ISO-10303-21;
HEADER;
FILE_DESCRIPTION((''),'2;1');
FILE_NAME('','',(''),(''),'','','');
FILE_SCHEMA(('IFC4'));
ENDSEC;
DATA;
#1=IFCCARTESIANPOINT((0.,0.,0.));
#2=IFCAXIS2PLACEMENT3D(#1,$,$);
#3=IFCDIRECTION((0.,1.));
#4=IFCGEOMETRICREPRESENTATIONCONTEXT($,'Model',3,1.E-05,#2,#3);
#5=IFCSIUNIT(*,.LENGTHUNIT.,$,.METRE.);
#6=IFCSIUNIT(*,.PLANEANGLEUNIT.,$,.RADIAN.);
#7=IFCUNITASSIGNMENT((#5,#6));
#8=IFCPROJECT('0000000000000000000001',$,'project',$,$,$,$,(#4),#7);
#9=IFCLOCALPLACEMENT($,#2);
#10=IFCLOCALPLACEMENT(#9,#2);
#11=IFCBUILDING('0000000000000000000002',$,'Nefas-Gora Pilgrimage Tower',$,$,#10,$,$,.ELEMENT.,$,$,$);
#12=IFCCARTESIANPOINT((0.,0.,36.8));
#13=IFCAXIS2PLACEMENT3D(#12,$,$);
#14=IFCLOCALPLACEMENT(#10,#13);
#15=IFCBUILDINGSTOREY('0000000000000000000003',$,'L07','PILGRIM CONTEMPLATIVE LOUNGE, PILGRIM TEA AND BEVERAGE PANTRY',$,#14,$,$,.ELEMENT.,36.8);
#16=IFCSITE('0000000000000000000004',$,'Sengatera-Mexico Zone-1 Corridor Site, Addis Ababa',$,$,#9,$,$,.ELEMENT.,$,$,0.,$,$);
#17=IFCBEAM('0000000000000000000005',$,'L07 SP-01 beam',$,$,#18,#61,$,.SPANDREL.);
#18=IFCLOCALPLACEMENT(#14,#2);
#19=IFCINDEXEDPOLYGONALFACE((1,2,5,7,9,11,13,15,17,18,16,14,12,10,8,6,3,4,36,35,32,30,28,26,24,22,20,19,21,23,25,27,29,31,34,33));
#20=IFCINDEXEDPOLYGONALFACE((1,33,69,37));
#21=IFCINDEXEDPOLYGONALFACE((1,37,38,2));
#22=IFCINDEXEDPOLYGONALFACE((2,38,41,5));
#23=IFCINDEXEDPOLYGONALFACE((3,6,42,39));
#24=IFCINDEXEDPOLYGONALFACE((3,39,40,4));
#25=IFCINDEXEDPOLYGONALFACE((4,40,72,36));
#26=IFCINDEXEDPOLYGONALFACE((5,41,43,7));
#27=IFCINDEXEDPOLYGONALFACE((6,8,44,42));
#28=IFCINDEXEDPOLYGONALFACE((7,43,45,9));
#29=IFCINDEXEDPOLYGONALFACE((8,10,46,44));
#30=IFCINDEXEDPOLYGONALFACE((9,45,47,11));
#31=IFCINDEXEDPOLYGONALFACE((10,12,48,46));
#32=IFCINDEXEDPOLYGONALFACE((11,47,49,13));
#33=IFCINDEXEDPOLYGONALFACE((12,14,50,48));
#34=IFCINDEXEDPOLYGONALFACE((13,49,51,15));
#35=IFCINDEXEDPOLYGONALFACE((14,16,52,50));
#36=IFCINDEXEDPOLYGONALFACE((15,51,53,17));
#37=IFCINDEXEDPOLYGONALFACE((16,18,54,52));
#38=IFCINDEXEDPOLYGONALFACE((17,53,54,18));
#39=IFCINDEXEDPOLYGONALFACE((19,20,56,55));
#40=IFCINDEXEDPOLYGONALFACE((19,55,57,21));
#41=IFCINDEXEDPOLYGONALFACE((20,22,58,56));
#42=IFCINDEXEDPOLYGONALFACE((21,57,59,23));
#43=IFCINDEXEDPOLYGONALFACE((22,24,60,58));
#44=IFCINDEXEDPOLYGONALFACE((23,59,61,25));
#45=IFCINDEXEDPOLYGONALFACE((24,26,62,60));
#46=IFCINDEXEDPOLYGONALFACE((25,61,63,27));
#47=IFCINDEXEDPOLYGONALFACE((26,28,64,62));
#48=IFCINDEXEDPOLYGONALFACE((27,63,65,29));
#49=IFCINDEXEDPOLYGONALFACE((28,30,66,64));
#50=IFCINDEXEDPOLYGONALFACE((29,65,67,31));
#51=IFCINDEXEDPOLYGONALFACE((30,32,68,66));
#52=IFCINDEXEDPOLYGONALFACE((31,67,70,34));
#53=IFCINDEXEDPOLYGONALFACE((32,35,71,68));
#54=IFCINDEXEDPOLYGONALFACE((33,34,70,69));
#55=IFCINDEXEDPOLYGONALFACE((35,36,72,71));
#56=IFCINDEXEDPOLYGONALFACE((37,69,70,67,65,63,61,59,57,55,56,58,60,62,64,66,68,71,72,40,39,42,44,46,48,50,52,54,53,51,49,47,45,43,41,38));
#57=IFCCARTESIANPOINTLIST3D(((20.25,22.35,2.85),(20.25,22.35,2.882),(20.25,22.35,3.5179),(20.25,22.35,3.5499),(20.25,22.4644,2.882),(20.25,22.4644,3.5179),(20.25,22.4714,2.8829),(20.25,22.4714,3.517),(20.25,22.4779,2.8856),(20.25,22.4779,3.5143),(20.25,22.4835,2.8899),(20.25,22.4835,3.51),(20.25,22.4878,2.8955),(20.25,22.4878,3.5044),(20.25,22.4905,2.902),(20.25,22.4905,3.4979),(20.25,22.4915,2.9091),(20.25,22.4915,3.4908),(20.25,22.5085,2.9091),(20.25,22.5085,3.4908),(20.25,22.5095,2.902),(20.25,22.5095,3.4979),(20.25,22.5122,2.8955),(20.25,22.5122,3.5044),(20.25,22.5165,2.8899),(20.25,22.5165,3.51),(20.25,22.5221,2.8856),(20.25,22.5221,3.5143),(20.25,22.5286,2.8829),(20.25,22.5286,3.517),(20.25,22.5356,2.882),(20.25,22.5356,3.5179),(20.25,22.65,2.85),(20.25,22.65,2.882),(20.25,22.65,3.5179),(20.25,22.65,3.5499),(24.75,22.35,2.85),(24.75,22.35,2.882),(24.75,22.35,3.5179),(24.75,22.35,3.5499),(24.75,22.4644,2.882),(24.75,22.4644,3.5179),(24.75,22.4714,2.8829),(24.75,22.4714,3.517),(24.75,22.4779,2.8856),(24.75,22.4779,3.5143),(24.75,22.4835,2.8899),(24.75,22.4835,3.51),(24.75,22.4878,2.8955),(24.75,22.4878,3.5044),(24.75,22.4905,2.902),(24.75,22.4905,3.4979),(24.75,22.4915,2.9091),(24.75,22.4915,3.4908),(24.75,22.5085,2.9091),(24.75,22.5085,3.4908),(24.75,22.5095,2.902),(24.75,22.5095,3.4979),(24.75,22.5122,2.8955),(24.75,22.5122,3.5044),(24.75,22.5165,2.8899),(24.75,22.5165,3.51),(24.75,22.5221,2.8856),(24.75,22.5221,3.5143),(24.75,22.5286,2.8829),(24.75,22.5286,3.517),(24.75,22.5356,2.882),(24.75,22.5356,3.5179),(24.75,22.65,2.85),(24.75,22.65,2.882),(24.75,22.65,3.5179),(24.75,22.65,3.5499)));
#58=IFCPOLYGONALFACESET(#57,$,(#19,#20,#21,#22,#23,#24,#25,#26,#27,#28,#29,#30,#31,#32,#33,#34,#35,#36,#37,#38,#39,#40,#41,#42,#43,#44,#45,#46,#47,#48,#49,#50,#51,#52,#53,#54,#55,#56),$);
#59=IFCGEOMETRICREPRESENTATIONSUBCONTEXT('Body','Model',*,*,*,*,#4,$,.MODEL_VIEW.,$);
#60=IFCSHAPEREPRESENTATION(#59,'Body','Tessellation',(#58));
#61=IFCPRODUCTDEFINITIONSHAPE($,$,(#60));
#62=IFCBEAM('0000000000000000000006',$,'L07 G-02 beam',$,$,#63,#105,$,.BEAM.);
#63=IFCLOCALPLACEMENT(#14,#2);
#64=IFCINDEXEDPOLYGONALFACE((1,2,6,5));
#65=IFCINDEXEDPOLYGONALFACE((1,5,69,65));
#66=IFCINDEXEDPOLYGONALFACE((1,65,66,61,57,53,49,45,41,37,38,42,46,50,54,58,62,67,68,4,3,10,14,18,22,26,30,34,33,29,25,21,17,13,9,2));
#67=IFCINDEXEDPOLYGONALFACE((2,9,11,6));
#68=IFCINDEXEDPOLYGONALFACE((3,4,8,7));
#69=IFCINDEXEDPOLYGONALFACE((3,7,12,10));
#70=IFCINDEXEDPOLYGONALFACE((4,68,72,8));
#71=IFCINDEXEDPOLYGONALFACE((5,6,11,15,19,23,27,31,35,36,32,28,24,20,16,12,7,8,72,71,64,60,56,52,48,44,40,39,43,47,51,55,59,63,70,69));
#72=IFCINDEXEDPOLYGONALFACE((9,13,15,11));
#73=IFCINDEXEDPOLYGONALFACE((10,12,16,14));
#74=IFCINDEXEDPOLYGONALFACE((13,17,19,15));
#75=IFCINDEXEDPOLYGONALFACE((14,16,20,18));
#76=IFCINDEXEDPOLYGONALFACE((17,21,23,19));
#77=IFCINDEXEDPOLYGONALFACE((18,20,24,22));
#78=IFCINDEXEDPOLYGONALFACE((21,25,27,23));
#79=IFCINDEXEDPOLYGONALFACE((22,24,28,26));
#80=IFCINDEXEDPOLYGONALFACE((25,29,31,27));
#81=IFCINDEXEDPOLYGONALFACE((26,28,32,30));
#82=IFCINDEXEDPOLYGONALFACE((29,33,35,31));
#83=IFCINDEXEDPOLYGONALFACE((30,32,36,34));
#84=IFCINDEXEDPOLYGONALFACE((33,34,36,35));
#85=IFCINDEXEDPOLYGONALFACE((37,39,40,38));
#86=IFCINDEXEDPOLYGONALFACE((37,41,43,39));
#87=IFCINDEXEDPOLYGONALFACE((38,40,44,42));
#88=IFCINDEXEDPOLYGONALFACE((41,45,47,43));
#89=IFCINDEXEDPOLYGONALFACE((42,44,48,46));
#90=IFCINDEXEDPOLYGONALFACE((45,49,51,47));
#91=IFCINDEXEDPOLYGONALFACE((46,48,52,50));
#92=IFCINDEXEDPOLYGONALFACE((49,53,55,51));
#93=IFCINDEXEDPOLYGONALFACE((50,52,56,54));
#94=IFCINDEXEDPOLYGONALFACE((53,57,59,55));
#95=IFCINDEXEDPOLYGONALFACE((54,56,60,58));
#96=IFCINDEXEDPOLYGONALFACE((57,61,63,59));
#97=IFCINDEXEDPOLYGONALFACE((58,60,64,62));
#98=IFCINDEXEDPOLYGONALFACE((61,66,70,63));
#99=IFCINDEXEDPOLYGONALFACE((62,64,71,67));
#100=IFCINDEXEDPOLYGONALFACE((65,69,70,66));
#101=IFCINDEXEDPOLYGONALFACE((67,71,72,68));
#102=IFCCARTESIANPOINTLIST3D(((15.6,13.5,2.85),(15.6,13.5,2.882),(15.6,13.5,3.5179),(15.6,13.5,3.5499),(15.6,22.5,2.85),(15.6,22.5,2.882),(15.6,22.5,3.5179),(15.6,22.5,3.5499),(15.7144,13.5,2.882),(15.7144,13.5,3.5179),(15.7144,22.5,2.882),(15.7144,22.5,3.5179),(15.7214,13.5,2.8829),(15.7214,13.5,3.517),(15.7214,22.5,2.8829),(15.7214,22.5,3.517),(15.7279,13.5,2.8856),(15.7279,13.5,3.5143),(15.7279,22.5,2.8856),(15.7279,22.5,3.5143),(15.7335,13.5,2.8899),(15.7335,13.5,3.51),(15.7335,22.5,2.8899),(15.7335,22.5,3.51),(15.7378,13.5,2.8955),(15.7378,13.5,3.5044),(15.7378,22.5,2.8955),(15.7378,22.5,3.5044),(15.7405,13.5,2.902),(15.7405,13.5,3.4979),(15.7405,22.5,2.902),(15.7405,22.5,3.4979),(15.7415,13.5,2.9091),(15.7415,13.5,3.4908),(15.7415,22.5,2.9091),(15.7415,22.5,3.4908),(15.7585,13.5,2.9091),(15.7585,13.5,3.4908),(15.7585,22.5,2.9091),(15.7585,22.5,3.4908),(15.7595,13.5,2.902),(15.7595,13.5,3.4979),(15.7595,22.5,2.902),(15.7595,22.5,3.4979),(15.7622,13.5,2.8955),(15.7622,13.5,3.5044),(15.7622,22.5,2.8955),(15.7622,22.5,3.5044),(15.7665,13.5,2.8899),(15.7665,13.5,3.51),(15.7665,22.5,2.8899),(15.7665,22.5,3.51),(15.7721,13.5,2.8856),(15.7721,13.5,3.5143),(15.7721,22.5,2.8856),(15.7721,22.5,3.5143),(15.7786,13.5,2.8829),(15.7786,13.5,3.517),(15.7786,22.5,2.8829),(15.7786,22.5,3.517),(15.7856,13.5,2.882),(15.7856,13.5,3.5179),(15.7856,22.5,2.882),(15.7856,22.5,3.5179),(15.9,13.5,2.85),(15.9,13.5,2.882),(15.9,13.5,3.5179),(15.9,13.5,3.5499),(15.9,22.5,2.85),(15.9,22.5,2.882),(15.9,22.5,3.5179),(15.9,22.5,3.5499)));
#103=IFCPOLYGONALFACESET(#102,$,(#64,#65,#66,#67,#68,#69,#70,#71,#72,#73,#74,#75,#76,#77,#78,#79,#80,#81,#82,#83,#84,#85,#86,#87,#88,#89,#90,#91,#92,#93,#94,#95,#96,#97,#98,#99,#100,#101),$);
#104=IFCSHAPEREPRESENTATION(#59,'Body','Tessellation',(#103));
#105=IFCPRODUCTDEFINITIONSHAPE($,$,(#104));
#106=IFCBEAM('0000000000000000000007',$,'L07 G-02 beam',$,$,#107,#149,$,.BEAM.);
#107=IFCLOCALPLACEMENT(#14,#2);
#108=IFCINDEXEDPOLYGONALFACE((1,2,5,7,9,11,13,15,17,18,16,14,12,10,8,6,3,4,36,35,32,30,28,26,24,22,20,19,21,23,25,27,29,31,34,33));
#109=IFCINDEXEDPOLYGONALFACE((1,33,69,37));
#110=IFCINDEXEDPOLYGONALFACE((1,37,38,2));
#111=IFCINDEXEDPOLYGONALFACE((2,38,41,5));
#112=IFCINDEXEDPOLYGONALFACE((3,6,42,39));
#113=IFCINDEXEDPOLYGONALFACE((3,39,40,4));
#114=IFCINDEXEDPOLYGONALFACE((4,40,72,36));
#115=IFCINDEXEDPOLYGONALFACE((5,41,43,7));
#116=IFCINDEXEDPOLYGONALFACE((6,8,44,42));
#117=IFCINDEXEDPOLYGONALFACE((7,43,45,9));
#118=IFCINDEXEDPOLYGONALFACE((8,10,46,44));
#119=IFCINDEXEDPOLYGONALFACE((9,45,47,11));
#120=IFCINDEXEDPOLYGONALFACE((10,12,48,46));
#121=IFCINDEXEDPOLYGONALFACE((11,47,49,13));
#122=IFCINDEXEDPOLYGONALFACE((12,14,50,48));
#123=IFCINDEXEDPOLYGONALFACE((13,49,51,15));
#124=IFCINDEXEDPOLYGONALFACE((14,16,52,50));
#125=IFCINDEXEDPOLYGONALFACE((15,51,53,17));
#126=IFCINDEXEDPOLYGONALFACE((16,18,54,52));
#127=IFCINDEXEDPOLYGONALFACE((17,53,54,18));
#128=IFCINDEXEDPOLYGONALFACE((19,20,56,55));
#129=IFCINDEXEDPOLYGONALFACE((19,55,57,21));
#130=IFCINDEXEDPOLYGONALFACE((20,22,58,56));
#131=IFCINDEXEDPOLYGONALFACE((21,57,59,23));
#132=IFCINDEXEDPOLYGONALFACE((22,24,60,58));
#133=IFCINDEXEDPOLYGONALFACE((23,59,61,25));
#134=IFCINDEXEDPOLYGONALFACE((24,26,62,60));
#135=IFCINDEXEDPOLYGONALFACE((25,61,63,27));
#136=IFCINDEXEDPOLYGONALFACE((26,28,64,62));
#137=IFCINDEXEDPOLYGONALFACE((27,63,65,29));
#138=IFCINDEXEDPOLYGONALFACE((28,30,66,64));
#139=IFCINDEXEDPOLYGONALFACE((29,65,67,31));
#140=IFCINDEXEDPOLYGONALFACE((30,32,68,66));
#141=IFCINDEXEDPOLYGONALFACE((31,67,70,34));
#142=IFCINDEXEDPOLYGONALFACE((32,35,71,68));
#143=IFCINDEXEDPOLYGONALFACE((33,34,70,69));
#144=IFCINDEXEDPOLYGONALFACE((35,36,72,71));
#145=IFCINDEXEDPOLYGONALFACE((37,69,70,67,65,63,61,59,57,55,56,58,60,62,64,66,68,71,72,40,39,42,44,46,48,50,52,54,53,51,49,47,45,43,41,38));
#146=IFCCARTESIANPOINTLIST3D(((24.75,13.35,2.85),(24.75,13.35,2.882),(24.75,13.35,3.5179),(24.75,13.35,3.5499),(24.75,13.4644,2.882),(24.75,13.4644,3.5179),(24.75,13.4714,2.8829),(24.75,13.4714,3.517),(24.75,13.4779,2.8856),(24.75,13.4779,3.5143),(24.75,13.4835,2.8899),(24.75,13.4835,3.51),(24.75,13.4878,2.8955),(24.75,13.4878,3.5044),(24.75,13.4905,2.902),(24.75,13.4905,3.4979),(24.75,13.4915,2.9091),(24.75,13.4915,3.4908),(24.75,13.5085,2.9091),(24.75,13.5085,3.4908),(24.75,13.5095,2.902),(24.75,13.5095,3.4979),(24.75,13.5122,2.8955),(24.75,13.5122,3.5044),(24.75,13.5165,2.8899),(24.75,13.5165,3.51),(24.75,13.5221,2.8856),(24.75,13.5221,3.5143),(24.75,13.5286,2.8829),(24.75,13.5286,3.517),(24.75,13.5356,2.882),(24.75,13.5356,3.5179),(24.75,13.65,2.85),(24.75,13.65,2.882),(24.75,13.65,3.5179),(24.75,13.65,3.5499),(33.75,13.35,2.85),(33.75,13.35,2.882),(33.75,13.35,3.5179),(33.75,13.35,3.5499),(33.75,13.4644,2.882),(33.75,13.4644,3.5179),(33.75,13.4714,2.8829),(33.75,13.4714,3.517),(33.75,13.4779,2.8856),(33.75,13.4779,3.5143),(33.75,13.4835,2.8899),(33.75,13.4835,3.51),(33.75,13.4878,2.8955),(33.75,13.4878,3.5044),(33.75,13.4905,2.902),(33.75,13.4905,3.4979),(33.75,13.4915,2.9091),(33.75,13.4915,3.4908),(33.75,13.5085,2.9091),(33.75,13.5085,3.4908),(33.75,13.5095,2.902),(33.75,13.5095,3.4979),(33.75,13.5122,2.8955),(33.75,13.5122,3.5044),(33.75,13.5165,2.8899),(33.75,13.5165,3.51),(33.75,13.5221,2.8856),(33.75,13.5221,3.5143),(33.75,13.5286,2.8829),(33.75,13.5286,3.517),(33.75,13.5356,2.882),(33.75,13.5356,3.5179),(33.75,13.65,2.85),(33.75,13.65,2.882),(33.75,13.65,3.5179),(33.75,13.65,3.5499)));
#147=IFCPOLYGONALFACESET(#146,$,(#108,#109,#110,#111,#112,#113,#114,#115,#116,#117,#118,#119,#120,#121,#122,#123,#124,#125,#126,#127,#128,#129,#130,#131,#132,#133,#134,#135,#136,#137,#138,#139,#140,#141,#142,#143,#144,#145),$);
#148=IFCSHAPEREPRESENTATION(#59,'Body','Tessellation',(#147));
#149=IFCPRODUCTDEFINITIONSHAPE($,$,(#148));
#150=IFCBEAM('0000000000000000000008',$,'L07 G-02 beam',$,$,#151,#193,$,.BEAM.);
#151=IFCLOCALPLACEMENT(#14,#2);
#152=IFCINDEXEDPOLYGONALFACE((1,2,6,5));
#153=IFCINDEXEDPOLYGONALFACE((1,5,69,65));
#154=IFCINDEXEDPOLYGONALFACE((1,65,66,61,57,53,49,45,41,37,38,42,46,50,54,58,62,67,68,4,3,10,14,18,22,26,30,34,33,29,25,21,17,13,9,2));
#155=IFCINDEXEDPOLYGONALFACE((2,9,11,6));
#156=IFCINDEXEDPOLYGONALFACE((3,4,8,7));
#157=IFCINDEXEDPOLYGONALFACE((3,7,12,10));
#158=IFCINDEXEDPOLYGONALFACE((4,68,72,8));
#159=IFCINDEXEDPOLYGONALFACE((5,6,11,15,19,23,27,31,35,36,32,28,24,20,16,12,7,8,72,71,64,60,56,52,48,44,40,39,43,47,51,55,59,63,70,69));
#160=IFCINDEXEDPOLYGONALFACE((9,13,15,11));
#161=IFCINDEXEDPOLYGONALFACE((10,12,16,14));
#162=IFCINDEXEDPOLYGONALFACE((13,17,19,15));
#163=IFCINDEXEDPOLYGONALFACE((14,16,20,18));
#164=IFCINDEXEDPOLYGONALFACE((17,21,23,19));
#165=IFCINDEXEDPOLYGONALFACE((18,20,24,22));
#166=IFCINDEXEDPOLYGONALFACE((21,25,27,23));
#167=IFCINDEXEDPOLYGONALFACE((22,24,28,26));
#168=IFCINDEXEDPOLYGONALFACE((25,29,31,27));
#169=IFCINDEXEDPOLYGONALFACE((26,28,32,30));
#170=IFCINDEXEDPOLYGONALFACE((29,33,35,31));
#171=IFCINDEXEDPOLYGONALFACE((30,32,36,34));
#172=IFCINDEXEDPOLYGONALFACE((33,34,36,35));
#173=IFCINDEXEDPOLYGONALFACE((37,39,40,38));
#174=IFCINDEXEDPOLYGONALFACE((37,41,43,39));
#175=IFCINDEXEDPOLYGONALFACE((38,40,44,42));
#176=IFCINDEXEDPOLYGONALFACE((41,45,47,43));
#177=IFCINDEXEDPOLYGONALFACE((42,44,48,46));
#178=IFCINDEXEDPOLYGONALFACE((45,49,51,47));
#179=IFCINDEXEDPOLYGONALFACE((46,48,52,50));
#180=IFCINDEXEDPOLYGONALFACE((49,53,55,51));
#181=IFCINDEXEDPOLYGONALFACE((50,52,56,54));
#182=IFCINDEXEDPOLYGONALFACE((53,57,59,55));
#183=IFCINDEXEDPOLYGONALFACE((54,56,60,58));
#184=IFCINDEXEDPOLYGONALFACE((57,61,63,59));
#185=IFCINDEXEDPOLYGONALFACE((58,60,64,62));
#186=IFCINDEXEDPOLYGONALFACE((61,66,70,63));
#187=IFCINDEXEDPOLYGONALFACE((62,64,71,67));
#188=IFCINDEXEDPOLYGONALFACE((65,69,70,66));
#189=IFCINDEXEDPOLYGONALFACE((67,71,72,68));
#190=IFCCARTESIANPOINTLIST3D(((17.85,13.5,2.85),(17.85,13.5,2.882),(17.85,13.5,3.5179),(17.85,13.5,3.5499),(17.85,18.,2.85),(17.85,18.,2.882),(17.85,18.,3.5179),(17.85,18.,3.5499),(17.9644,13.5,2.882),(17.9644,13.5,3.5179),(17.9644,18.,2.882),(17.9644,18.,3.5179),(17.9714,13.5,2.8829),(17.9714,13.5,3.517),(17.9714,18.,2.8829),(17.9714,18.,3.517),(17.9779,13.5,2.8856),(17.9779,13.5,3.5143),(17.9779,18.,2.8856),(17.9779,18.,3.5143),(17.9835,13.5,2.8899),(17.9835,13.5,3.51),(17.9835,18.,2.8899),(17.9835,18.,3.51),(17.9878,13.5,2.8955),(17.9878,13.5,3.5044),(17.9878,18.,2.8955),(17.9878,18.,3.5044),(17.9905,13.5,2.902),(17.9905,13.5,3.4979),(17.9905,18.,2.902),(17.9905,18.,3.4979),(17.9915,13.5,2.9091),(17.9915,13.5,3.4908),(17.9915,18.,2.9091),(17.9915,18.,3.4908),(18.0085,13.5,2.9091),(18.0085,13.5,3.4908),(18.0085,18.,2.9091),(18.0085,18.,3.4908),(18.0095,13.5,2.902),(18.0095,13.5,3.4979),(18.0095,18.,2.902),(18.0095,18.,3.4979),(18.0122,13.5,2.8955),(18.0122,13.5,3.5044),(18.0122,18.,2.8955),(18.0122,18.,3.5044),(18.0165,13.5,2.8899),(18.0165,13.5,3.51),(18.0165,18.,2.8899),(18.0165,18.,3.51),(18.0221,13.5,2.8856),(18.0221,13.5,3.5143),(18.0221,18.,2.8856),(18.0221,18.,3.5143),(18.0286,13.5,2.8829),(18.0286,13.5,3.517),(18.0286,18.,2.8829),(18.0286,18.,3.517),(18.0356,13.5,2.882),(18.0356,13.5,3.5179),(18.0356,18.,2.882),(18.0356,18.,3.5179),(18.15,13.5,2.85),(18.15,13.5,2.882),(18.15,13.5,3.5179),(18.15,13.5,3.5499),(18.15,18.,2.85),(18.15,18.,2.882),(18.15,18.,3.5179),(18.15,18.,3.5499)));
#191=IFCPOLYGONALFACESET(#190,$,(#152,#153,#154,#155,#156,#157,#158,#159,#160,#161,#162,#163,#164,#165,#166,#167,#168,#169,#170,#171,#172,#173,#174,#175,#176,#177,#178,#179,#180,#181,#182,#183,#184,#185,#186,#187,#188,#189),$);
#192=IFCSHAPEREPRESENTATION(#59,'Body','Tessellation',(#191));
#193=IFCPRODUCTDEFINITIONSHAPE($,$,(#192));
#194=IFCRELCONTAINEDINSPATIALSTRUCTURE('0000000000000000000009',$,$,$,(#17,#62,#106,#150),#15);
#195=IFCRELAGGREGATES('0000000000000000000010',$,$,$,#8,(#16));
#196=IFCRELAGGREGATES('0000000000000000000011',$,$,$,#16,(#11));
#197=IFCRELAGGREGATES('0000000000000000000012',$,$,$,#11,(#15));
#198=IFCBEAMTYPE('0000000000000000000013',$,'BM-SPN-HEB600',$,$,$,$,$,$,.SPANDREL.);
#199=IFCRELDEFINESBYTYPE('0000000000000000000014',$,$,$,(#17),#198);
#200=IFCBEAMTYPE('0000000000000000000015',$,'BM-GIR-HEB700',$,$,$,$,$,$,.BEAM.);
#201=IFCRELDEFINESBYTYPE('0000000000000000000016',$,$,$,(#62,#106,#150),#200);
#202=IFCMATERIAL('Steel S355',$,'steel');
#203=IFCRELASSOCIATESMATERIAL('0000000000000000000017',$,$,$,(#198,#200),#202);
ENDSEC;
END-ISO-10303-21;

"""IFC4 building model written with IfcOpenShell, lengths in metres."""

from ifc_helpers import new_model, si_unit, direction, frame, origin, origin_2d, place, context, subcontext, project, spatial, i_section, extrude, source, transform, mapped, material, material_profile, profile_set, type_object, element, save


model = new_model("IFC4")

# Units and contexts
model_context = context("Model", 3, precision=1e-05, world=origin(), true_north=direction((0.0, 1.0)))
body_context = subcontext(model_context, "Body", "Model", "MODEL_VIEW")
ifc_project = project(units=[si_unit("LENGTHUNIT", "METRE"), si_unit("PLANEANGLEUNIT", "RADIAN")], contexts=[model_context])

# Site, building, storey
site_placement = place(None, origin())
site = spatial("IfcSite", under=ifc_project, at=site_placement, Name="Sengatera-Mexico Zone-1 Corridor Site, Addis Ababa", CompositionType="ELEMENT", RefElevation=0.0)
building_placement = place(site_placement, origin())
building = spatial("IfcBuilding", under=site, at=building_placement, Name="Nefas-Gora Pilgrimage Tower", CompositionType="ELEMENT")
storey_placement = place(building_placement, frame((0.0, 0.0, 36.8)))
storey = spatial("IfcBuildingStorey", under=building, at=storey_placement, Name="L07", Description="PILGRIM CONTEMPLATIVE LOUNGE, PILGRIM TEA AND BEVERAGE PANTRY", CompositionType="ELEMENT", Elevation=36.8)

# Beams
ifc_material_1 = material(Name="Steel S355", Category="steel")
ifc_material_profile_1 = material_profile(ifc_material_1, i_section(OverallWidth=0.3, OverallDepth=0.7, WebThickness=0.0171, FlangeThickness=0.032, FilletRadius=0.0271, at=origin_2d()), Name="HEB 700")
ifc_profile_set_1 = profile_set([ifc_material_profile_1], Name="Steel S355")
beam_type_1 = type_object("IfcBeamType", Name="BM-SPN-HEB600", PredefinedType="SPANDREL", material=ifc_profile_set_1)
shared_shape_1 = source(origin(), body_context, "Body", "SweptSolid", [
    extrude(i_section(OverallWidth=0.3, OverallDepth=0.7, WebThickness=0.0171, FlangeThickness=0.032, FilletRadius=0.0271, at=origin_2d()), origin(), (0.0, 0.0, 1.0), 4.5),
])
beam_1_placement = place(storey_placement, frame((20.25, 22.5, 3.2), z_axis=(1.0, 0.0, 0.0), x_axis=(0.0, 1.0, 0.0)))
element("IfcBeam", 1, at=beam_1_placement, inside=storey, type_object=beam_type_1, Name="L07 SP-01 beam", PredefinedType="SPANDREL", context=body_context, shape_type="MappedRepresentation", body=[
    mapped(shared_shape_1, transform((0.0, 0.0, 0.0), x_axis=(1.0, 0.0, 0.0), y_axis=(0.0, 1.0, 0.0), z_axis=(0.0, 0.0, 1.0), scale=1.0)),
])
ifc_material_profile_2 = material_profile(ifc_material_1, i_section(OverallWidth=0.3, OverallDepth=0.7, WebThickness=0.0171, FlangeThickness=0.032, FilletRadius=0.0271, at=origin_2d()), Name="HEB 700")
ifc_profile_set_2 = profile_set([ifc_material_profile_2], Name="Steel S355")
beam_type_2 = type_object("IfcBeamType", Name="BM-GIR-HEB700", PredefinedType="BEAM", material=ifc_profile_set_2)
shared_shape_2 = source(origin(), body_context, "Body", "SweptSolid", [
    extrude(i_section(OverallWidth=0.3, OverallDepth=0.7, WebThickness=0.0171, FlangeThickness=0.032, FilletRadius=0.0271, at=origin_2d()), origin(), (0.0, 0.0, 1.0), 9.0),
])
for number, where, z_axis, x_axis, name in (
    (2, (15.75, 13.5, 3.2), (0.0, 1.0, 0.0), (-1.0, 0.0, 0.0), "L07 G-02 beam"),
    (3, (24.75, 13.5, 3.2), (1.0, 0.0, 0.0), (0.0, 1.0, 0.0), "L07 G-02 beam"),
):
    element("IfcBeam", number, at=place(storey_placement, frame(where, z_axis=z_axis, x_axis=x_axis)), inside=storey, type_object=beam_type_2, Name=name, PredefinedType="BEAM", context=body_context, shape_type="MappedRepresentation", body=[
        mapped(shared_shape_2, transform((0.0, 0.0, 0.0), x_axis=(1.0, 0.0, 0.0), y_axis=(0.0, 1.0, 0.0), z_axis=(0.0, 0.0, 1.0), scale=1.0)),
    ])
shared_shape_3 = source(origin(), body_context, "Body", "SweptSolid", [
    extrude(i_section(OverallWidth=0.3, OverallDepth=0.7, WebThickness=0.0171, FlangeThickness=0.032, FilletRadius=0.0271, at=origin_2d()), origin(), (0.0, 0.0, 1.0), 4.5),
])
for number, where, z_axis, x_axis, name in (
    (4, (18.0, 13.5, 3.2), (0.0, 1.0, 0.0), (-1.0, 0.0, 0.0), "L07 G-02 beam"),
):
    element("IfcBeam", number, at=place(storey_placement, frame(where, z_axis=z_axis, x_axis=x_axis)), inside=storey, type_object=beam_type_2, Name=name, PredefinedType="BEAM", context=body_context, shape_type="MappedRepresentation", body=[
        mapped(shared_shape_3, transform((0.0, 0.0, 0.0), x_axis=(1.0, 0.0, 0.0), y_axis=(0.0, 1.0, 0.0), z_axis=(0.0, 0.0, 1.0), scale=1.0)),
    ])

save(model, "model.ifc")
